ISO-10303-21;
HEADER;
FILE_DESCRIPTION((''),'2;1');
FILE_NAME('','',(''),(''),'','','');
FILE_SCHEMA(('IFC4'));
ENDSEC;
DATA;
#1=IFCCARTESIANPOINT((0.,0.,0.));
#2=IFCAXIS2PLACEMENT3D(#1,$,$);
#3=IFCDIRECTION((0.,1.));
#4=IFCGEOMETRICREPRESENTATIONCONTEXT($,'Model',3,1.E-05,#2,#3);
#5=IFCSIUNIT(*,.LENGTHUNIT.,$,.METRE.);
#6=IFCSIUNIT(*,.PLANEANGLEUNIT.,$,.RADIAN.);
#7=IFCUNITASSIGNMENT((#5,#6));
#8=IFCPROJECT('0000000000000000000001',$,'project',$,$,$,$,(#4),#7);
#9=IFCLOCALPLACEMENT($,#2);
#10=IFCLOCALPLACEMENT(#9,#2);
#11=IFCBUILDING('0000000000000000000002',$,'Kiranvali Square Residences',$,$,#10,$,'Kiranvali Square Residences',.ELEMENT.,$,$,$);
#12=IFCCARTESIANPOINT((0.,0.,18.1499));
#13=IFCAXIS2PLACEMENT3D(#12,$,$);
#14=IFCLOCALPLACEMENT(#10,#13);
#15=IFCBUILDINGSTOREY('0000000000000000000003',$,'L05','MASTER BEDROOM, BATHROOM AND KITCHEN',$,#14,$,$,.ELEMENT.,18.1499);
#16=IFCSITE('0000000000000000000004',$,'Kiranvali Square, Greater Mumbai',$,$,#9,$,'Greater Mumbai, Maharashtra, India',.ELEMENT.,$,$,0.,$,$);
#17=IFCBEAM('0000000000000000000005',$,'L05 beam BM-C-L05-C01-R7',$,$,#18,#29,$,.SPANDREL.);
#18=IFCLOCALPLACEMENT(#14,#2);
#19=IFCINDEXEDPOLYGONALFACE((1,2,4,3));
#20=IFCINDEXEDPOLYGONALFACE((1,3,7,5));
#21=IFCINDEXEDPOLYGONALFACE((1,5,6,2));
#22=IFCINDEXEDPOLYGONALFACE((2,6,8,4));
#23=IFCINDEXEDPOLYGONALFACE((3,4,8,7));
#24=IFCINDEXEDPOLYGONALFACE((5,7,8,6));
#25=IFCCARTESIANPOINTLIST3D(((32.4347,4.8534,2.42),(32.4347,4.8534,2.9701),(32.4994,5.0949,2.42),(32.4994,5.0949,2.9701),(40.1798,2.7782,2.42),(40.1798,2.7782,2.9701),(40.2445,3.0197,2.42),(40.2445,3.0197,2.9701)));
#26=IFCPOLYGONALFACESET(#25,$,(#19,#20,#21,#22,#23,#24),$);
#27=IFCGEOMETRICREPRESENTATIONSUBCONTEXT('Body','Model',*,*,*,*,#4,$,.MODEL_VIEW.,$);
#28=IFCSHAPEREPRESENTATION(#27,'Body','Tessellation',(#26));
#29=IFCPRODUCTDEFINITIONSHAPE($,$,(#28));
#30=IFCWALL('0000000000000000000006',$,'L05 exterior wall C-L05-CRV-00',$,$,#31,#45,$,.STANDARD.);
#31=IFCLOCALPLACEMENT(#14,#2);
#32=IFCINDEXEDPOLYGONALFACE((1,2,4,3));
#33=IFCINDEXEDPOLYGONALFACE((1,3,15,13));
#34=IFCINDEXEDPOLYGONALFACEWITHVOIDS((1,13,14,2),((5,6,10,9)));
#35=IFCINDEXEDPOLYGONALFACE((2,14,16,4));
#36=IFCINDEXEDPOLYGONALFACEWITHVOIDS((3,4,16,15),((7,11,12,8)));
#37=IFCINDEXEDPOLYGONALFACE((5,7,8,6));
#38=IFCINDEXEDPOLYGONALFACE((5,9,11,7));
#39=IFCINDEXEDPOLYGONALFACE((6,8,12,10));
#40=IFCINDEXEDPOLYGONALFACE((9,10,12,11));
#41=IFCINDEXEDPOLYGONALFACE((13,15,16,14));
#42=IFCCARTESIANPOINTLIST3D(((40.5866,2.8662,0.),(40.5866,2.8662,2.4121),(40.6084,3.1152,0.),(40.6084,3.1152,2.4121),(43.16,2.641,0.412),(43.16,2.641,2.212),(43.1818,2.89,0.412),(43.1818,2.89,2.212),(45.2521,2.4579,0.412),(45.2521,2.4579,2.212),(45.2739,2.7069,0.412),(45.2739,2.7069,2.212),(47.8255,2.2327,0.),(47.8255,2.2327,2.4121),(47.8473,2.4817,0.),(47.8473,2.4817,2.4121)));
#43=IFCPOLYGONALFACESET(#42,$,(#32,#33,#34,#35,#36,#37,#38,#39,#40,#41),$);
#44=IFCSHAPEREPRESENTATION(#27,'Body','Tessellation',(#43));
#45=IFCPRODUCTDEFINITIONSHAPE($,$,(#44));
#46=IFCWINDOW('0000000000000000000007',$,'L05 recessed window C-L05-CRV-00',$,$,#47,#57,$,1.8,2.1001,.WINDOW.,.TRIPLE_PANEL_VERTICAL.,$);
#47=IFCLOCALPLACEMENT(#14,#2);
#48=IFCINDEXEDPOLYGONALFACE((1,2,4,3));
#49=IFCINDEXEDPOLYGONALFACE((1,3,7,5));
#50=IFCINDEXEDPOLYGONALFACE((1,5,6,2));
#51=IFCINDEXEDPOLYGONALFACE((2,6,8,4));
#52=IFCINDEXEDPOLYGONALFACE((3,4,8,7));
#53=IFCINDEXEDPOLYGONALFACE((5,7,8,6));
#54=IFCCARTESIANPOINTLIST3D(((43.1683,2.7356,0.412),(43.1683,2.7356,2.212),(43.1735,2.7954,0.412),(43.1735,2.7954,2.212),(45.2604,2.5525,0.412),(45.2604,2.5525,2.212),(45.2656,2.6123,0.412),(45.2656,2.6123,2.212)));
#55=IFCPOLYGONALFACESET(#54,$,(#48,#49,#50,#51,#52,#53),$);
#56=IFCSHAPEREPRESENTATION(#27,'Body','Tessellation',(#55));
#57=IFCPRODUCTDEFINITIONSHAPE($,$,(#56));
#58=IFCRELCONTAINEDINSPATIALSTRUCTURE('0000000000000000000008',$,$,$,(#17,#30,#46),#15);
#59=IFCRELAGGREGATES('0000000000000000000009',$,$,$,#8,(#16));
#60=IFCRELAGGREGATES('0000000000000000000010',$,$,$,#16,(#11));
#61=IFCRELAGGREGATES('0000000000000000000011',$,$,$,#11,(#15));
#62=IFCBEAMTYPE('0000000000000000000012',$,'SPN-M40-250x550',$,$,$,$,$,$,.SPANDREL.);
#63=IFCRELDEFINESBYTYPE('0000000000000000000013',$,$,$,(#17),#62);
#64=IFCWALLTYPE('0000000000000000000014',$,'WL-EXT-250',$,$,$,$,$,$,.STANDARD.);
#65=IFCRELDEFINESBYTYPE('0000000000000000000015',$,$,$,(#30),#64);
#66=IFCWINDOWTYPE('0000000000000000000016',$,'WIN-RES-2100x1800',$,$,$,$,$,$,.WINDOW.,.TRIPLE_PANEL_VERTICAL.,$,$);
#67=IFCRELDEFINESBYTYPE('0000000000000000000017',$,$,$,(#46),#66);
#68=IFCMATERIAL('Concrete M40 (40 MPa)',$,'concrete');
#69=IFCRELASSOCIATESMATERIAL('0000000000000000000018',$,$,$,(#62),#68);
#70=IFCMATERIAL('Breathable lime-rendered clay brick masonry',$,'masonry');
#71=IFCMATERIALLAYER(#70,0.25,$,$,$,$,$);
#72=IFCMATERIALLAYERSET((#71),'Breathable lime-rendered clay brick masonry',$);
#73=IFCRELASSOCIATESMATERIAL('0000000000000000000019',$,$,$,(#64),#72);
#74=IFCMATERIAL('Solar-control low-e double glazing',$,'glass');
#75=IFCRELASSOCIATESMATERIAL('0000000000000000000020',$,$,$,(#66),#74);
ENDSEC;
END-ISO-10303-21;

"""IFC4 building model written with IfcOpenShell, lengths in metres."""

from ifc_helpers import new_model, si_unit, direction, frame, frame_2d, origin, origin_2d, place, context, subcontext, project, spatial, rectangle, extrude, material, layer, layer_set, material_profile, profile_set, type_object, element, fill, save


model = new_model("IFC4")

# Units and contexts
model_context = context("Model", 3, precision=1e-05, world=origin(), true_north=direction((0.0, 1.0)))
body_context = subcontext(model_context, "Body", "Model", "MODEL_VIEW")
ifc_project = project(units=[si_unit("LENGTHUNIT", "METRE"), si_unit("PLANEANGLEUNIT", "RADIAN")], contexts=[model_context])

# Site, building, storey
site_placement = place(None, origin())
site = spatial("IfcSite", under=ifc_project, at=site_placement, Name="Kiranvali Square, Greater Mumbai", LongName="Greater Mumbai, Maharashtra, India", CompositionType="ELEMENT", RefElevation=0.0)
building_placement = place(site_placement, origin())
building = spatial("IfcBuilding", under=site, at=building_placement, Name="Kiranvali Square Residences", LongName="Kiranvali Square Residences", CompositionType="ELEMENT")
storey_placement = place(building_placement, frame((0.0, 0.0, 18.1499)))
storey = spatial("IfcBuildingStorey", under=building, at=storey_placement, Name="L05", Description="MASTER BEDROOM, BATHROOM AND KITCHEN", CompositionType="ELEMENT", Elevation=18.1499)

# Beam
ifc_material_1 = material(Name="Concrete M40 (40 MPa)", Category="concrete")
ifc_material_profile_1 = material_profile(ifc_material_1, rectangle(XDim=0.25, YDim=0.55, at=origin_2d()), Name="RC 250x550")
ifc_profile_set_1 = profile_set([ifc_material_profile_1], Name="Concrete M40 (40 MPa)")
beam_type_1 = type_object("IfcBeamType", Name="SPN-M40-250x550", PredefinedType="SPANDREL", material=ifc_profile_set_1)
for number, where, z_axis, x_axis, name in (
    (1, (40.2122, 2.8989, 2.6951), (-0.965929, 0.258807, 0.0), (-0.258807, -0.965929, 0.0), "L05 beam BM-C-L05-C01-R7"),
):
    element("IfcBeam", number, at=place(storey_placement, frame(where, z_axis=z_axis, x_axis=x_axis)), inside=storey, type_object=beam_type_1, Name=name, PredefinedType="SPANDREL", context=body_context, shape_type="SweptSolid", body=[
        extrude(rectangle(XDim=0.25, YDim=0.55, at=origin_2d()), origin(), (0.0, 0.0, 1.0), 8.0183),
    ])

# Wall, opening, window
ifc_material_2 = material(Name="Breathable lime-rendered clay brick masonry", Category="masonry")
ifc_layer = layer(ifc_material_2, 0.25)
ifc_layer_set = layer_set([ifc_layer], Name="Breathable lime-rendered clay brick masonry")
wall_type = type_object("IfcWallType", Name="WL-EXT-250", PredefinedType="STANDARD", material=ifc_layer_set)
wall_1_placement = place(storey_placement, frame((47.8364, 2.3572, 0.0), z_axis=(0.0, 0.0, 1.0), x_axis=(-0.996192, 0.087185, 0.0)))
wall_1 = element("IfcWall", 2, at=wall_1_placement, inside=storey, type_object=wall_type, Name="L05 exterior wall C-L05-CRV-00", PredefinedType="STANDARD", context=body_context, shape_type="SweptSolid", body=[
    extrude(rectangle(XDim=7.2666, YDim=0.25, at=frame_2d((3.6333, 0.0))), origin(), (0.0, 0.0, 1.0), 2.4121),
])
opening_1_placement = place(wall_1_placement, frame((2.5833, 0.0, 0.4121)))
opening_1 = element("IfcOpeningElement", 3, at=opening_1_placement, cuts=wall_1, PredefinedType="OPENING", context=body_context, shape_type="SweptSolid", body=[
    extrude(rectangle(XDim=2.1001, YDim=1.8, at=frame_2d((1.05, 0.8999))), frame((0.0, 0.135, 0.0), z_axis=(0.0, -1.0, 0.0), x_axis=(1.0, 0.0, 0.0)), (0.0, 0.0, 1.0), 0.27),
])
ifc_material_3 = material(Name="Solar-control low-e double glazing", Category="glass")
window_type_1 = type_object("IfcWindowType", Name="WIN-RES-2100x1800", PartitioningType="TRIPLE_PANEL_VERTICAL", PredefinedType="WINDOW", material=ifc_material_3)
window_1_placement = place(opening_1_placement, origin())
window_1 = element("IfcWindow", 4, at=window_1_placement, inside=storey, type_object=window_type_1, Name="L05 recessed window C-L05-CRV-00", OverallHeight=1.8, OverallWidth=2.1001, PartitioningType="TRIPLE_PANEL_VERTICAL", PredefinedType="WINDOW", context=body_context, shape_type="SweptSolid", body=[
    extrude(rectangle(XDim=2.1001, YDim=1.8, at=frame_2d((1.05, 0.8999))), frame((0.0, 0.03, 0.0), z_axis=(0.0, -1.0, 0.0), x_axis=(1.0, 0.0, 0.0)), (0.0, 0.0, 1.0), 0.0601),
])
fill(opening_1, window_1)

save(model, "model.ifc")
